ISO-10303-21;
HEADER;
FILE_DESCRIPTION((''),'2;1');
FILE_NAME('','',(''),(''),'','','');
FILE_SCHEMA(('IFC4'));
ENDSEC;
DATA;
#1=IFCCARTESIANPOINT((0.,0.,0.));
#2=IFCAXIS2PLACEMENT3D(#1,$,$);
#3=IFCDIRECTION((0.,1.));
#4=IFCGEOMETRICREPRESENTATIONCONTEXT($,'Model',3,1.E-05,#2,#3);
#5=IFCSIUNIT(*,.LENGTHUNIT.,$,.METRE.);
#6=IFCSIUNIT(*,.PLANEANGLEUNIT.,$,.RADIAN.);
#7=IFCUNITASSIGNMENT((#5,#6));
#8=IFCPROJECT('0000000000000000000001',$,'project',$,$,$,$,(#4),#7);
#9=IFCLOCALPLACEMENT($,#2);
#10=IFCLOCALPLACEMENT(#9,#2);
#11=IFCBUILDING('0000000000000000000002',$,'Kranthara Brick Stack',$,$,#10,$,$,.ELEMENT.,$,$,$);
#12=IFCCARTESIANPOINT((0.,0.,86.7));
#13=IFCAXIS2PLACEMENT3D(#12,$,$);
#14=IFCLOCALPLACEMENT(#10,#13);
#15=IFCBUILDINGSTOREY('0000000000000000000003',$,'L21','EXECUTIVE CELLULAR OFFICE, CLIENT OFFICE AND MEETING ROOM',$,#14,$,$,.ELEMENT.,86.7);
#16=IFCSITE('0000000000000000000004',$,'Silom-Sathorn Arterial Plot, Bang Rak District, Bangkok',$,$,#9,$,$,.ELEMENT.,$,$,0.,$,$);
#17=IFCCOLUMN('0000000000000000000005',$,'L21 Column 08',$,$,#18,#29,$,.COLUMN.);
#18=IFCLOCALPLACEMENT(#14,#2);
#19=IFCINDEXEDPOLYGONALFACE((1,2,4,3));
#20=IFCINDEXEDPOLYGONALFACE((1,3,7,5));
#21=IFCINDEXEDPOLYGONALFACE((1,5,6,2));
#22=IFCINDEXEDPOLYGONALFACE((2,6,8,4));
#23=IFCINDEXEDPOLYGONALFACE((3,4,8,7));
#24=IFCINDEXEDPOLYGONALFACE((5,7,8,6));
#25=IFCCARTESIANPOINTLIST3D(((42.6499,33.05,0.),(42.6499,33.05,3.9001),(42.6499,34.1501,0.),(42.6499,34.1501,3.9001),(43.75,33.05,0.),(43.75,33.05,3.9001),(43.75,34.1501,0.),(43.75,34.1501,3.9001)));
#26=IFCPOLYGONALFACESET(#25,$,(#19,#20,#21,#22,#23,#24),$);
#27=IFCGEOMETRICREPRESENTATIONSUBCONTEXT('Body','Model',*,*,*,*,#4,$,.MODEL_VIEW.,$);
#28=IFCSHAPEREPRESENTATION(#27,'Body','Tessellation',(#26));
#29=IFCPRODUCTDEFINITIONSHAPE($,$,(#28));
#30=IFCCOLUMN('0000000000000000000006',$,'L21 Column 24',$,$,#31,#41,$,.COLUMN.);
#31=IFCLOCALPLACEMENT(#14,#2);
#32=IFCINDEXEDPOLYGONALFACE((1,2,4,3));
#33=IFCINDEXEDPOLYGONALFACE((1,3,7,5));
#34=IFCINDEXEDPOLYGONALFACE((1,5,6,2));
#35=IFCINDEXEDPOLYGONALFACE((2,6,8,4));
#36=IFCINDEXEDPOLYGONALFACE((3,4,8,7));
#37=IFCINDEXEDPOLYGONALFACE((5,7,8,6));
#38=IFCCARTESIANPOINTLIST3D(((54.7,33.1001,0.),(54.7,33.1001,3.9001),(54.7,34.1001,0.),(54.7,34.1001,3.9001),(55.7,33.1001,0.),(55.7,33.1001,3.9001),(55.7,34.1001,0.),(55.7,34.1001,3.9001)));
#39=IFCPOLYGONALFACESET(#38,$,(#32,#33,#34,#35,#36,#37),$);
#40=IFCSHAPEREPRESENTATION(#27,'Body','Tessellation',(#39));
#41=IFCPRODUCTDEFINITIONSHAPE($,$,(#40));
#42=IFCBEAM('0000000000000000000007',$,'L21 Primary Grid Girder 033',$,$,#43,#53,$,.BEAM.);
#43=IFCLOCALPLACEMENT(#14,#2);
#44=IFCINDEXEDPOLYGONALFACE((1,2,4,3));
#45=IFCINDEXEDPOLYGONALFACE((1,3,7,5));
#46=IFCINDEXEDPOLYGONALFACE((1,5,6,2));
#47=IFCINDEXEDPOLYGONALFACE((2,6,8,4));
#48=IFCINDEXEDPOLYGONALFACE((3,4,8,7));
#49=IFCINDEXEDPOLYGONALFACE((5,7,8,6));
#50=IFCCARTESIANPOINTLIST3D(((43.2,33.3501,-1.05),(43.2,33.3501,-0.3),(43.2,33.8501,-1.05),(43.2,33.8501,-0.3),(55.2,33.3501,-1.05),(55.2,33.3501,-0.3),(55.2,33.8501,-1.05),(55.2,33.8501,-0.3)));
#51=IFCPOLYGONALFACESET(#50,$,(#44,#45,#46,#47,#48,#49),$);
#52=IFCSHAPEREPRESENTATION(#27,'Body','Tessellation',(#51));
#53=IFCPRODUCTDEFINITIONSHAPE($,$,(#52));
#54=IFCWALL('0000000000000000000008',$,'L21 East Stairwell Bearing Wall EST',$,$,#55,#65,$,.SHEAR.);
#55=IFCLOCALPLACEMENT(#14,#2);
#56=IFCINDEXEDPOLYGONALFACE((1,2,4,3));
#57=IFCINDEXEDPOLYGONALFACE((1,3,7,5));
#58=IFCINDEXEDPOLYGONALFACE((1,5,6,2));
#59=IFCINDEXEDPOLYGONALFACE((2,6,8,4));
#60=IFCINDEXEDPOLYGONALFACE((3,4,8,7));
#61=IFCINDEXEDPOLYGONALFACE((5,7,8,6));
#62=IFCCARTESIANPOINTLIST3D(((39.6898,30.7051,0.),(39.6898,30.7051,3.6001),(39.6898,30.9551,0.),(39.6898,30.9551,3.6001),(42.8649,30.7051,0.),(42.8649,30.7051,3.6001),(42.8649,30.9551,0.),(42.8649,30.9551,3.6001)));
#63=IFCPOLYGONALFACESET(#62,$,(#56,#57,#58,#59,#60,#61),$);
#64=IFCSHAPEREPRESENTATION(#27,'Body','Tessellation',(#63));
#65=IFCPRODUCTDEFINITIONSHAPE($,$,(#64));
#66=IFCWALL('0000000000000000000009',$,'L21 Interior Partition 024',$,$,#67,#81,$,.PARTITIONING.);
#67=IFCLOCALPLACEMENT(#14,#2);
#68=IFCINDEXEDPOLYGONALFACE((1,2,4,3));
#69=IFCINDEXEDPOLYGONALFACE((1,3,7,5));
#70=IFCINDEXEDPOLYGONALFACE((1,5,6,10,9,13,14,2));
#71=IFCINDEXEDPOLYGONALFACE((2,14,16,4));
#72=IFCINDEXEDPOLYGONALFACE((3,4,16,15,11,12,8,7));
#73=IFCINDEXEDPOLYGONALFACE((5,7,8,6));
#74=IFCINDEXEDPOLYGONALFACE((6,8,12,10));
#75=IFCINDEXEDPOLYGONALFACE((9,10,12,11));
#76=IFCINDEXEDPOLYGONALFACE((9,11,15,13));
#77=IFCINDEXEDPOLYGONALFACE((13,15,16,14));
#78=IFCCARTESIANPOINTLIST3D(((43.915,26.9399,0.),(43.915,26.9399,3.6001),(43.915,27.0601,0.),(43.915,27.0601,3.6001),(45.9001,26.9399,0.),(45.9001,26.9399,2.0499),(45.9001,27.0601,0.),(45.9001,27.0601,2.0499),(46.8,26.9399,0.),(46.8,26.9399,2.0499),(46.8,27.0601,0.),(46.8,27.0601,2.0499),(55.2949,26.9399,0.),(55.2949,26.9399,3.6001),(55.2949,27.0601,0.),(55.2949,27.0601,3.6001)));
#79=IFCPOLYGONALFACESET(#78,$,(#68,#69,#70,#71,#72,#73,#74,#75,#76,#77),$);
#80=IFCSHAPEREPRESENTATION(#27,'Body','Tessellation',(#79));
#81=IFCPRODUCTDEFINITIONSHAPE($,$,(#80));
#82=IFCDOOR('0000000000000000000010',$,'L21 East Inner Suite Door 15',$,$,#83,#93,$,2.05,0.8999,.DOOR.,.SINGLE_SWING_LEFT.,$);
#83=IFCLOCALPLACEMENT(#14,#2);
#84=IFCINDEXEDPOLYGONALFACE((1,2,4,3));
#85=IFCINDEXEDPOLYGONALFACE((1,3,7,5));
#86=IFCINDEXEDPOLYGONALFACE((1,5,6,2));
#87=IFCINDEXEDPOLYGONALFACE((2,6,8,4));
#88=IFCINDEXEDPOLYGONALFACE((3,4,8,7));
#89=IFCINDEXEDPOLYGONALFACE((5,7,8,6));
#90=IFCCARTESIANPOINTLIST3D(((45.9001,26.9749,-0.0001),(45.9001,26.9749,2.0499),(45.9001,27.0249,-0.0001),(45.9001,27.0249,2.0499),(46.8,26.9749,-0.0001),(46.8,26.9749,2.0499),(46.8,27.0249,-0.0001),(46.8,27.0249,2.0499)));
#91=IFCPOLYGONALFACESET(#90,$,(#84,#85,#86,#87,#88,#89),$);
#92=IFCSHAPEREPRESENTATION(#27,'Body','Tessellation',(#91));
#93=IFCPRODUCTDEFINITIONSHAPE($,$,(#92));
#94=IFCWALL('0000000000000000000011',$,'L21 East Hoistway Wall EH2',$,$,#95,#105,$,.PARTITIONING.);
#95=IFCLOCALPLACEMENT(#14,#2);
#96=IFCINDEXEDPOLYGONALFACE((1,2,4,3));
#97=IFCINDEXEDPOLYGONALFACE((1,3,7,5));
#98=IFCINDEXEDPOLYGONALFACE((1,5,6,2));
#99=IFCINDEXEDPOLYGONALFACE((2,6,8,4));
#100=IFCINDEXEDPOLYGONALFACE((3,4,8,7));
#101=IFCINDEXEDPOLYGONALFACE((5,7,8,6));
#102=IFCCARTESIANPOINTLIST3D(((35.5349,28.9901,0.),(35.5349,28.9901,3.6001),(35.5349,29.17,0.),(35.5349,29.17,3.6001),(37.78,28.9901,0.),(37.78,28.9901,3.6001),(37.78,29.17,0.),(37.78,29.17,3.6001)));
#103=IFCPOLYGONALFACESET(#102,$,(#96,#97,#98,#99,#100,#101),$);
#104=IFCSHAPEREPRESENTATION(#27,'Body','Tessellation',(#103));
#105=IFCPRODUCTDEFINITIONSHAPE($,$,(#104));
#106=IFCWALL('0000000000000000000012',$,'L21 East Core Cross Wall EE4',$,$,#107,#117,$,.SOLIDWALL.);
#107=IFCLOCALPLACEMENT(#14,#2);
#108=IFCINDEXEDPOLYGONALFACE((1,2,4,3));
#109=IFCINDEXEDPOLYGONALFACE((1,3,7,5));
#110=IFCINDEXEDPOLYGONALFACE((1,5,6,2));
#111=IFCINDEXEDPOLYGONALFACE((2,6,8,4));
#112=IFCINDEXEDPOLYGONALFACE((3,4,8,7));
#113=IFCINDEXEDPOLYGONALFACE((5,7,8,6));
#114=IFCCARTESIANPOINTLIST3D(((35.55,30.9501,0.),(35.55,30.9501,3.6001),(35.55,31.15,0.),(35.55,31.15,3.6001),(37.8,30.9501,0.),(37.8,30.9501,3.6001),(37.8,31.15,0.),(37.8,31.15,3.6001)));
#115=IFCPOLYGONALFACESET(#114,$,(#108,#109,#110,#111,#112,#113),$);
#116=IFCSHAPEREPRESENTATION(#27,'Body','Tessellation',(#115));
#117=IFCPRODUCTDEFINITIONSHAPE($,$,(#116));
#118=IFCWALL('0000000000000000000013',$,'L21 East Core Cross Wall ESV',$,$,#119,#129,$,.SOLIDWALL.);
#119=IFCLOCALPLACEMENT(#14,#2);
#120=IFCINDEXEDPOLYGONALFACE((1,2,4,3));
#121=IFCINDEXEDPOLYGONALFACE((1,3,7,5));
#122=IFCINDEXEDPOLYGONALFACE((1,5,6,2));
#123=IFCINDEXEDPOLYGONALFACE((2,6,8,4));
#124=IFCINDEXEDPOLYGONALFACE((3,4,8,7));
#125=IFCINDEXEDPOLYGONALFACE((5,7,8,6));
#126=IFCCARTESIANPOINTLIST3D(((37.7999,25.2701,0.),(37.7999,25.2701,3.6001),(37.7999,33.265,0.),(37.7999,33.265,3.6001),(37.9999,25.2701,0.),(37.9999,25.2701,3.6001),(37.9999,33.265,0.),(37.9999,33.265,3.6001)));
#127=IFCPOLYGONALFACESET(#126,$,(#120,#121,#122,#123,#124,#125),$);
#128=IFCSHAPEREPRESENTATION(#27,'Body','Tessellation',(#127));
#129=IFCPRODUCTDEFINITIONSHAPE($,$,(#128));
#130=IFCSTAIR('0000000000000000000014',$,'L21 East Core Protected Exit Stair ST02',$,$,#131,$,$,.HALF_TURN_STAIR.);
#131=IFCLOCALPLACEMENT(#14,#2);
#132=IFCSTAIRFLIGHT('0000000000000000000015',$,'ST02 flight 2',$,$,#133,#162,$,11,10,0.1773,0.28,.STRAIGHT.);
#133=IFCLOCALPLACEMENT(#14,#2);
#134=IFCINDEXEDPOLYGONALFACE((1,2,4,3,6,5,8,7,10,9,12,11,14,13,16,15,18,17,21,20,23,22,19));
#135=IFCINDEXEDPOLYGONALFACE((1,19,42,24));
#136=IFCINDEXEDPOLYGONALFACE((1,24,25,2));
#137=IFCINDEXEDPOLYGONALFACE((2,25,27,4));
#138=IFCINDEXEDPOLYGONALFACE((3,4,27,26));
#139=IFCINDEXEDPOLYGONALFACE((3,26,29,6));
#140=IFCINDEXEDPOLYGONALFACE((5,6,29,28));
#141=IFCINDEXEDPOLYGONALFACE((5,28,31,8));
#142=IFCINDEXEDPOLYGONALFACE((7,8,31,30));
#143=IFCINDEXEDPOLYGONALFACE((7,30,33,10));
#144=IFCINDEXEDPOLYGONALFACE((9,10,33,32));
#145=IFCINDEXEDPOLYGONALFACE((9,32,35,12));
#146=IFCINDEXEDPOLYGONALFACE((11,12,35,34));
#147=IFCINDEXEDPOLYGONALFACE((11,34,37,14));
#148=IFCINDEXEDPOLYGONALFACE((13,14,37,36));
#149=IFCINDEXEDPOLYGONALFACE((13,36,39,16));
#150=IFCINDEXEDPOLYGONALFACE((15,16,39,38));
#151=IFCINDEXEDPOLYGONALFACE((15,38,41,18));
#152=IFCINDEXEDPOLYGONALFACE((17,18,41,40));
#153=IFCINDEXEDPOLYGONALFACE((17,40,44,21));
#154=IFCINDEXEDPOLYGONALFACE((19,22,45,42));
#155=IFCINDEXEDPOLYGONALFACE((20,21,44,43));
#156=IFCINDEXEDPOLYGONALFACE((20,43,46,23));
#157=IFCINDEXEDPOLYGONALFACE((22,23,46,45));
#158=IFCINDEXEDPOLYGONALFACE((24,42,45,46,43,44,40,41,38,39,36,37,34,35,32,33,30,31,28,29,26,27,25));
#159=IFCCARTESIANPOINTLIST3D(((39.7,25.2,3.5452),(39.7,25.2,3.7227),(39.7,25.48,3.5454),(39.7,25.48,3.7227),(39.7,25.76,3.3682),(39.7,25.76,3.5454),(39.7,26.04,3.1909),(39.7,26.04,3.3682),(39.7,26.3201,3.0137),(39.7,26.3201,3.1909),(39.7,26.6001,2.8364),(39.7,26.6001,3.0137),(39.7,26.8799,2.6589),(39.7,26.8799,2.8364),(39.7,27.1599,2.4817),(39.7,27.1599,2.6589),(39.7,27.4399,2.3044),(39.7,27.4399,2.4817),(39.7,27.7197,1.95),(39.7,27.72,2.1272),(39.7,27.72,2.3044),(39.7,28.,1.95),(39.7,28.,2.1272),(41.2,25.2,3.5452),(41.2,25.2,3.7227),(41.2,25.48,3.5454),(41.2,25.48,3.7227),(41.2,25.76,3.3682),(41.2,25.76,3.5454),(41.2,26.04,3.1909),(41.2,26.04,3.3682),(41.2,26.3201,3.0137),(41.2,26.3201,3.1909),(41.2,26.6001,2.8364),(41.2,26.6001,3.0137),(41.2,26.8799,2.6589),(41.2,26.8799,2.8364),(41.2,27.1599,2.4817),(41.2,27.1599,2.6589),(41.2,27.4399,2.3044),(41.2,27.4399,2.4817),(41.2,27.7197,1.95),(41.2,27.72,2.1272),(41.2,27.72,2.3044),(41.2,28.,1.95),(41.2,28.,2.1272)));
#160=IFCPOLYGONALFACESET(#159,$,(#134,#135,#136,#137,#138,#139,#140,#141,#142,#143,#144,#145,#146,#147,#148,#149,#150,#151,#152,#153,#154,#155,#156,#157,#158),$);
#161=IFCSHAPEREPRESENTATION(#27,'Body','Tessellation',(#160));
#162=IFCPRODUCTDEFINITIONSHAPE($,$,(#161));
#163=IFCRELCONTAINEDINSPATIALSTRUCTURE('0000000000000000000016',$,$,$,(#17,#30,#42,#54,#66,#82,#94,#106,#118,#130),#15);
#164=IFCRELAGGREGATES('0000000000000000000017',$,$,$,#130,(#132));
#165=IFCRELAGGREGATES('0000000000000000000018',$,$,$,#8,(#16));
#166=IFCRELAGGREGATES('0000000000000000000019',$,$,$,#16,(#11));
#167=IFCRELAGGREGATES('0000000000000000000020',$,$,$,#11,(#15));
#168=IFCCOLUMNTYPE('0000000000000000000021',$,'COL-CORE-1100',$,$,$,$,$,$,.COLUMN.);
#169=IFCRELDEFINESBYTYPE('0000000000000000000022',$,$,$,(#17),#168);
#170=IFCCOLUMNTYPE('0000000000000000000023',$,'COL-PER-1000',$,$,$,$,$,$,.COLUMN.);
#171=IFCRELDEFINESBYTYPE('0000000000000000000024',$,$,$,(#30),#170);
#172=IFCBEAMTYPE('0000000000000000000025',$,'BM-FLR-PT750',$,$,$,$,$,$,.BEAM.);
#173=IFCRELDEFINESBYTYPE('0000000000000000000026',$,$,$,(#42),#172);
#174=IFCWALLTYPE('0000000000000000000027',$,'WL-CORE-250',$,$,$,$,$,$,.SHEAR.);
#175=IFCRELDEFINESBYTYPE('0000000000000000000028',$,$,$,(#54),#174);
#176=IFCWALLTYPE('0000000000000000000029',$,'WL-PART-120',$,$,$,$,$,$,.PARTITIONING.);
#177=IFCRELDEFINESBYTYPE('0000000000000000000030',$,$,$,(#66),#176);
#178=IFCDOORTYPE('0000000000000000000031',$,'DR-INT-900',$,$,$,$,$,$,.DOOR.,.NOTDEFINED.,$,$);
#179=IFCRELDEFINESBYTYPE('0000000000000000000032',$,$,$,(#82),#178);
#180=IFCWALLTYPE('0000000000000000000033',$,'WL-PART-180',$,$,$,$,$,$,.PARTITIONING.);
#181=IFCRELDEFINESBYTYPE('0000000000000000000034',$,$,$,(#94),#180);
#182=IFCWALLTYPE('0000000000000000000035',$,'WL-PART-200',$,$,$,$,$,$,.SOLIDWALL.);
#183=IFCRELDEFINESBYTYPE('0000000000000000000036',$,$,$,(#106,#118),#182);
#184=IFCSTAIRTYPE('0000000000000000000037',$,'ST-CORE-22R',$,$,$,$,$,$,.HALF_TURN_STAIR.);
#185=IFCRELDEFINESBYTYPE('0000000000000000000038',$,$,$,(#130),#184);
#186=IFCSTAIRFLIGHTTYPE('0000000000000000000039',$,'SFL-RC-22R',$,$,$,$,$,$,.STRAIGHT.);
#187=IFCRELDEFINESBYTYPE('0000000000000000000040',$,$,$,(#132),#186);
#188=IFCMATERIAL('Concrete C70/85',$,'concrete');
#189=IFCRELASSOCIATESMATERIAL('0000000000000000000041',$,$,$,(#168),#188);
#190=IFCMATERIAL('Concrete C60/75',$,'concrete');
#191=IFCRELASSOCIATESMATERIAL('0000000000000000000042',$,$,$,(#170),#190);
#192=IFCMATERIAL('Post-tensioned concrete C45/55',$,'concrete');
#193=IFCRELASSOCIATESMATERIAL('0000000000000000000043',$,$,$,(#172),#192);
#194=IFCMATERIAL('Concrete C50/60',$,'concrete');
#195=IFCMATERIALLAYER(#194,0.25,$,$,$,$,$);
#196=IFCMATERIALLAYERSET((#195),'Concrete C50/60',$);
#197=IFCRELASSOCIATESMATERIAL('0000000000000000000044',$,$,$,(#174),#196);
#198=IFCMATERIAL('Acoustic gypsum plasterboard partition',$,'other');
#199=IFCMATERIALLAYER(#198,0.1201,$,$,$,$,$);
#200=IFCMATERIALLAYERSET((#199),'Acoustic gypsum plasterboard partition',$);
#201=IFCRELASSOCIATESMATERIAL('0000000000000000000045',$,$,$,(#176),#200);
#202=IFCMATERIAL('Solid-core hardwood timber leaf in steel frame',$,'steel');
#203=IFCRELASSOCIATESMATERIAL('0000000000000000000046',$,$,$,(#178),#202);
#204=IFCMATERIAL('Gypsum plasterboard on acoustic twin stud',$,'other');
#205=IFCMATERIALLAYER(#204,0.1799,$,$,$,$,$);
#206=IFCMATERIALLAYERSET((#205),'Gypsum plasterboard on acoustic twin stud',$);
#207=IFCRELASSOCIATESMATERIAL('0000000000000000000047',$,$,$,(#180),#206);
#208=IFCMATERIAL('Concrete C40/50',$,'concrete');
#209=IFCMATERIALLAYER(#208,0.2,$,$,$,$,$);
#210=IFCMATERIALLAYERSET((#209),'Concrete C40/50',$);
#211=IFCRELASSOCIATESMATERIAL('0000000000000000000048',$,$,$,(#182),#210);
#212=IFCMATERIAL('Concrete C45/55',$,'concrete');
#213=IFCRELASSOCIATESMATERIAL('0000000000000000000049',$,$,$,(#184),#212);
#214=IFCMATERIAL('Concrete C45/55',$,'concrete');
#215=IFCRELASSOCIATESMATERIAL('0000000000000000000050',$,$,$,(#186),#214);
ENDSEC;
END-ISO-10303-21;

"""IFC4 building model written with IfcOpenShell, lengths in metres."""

from ifc_helpers import new_model, si_unit, direction, frame, frame_2d, origin, origin_2d, place, context, subcontext, project, spatial, polyline, rectangle, outline, extrude, material, layer, layer_set, material_profile, profile_set, type_object, element, fill, aggregate, save


model = new_model("IFC4")

# Units and contexts
model_context = context("Model", 3, precision=1e-05, world=origin(), true_north=direction((0.0, 1.0)))
body_context = subcontext(model_context, "Body", "Model", "MODEL_VIEW")
ifc_project = project(units=[si_unit("LENGTHUNIT", "METRE"), si_unit("PLANEANGLEUNIT", "RADIAN")], contexts=[model_context])

# Site, building, storey
site_placement = place(None, origin())
site = spatial("IfcSite", under=ifc_project, at=site_placement, Name="Silom-Sathorn Arterial Plot, Bang Rak District, Bangkok", CompositionType="ELEMENT", RefElevation=0.0)
building_placement = place(site_placement, origin())
building = spatial("IfcBuilding", under=site, at=building_placement, Name="Kranthara Brick Stack", CompositionType="ELEMENT")
storey_placement = place(building_placement, frame((0.0, 0.0, 86.7)))
storey = spatial("IfcBuildingStorey", under=building, at=storey_placement, Name="L21", Description="EXECUTIVE CELLULAR OFFICE, CLIENT OFFICE AND MEETING ROOM", CompositionType="ELEMENT", Elevation=86.7)

# Columns
ifc_material_1 = material(Name="Concrete C70/85", Category="concrete")
ifc_material_profile_1 = material_profile(ifc_material_1, rectangle(XDim=1.1001, YDim=1.1001, at=origin_2d()), Name="RC 1100x1100")
ifc_profile_set_1 = profile_set([ifc_material_profile_1], Name="Concrete C70/85")
column_type_1 = type_object("IfcColumnType", Name="COL-CORE-1100", PredefinedType="COLUMN", material=ifc_profile_set_1)
column_1_placement = place(storey_placement, frame((43.2, 33.6001, 0.0), z_axis=(0.0, 0.0, 1.0), x_axis=(1.0, 0.0, 0.0)))
element("IfcColumn", 1, at=column_1_placement, inside=storey, type_object=column_type_1, Name="L21 Column 08", PredefinedType="COLUMN", context=body_context, shape_type="SweptSolid", body=[
    extrude(rectangle(XDim=1.1001, YDim=1.1001, at=origin_2d()), origin(), (0.0, 0.0, 1.0), 3.9001),
])
ifc_material_2 = material(Name="Concrete C60/75", Category="concrete")
ifc_material_profile_2 = material_profile(ifc_material_2, rectangle(XDim=1.0, YDim=1.0, at=origin_2d()), Name="RC 1000x1000")
ifc_profile_set_2 = profile_set([ifc_material_profile_2], Name="Concrete C60/75")
column_type_2 = type_object("IfcColumnType", Name="COL-PER-1000", PredefinedType="COLUMN", material=ifc_profile_set_2)
column_2_placement = place(storey_placement, frame((55.2, 33.6001, 0.0), z_axis=(0.0, 0.0, 1.0), x_axis=(1.0, 0.0, 0.0)))
element("IfcColumn", 2, at=column_2_placement, inside=storey, type_object=column_type_2, Name="L21 Column 24", PredefinedType="COLUMN", context=body_context, shape_type="SweptSolid", body=[
    extrude(rectangle(XDim=1.0, YDim=1.0, at=origin_2d()), origin(), (0.0, 0.0, 1.0), 3.9001),
])

# Beam
ifc_material_3 = material(Name="Post-tensioned concrete C45/55", Category="concrete")
ifc_material_profile_3 = material_profile(ifc_material_3, rectangle(XDim=0.5, YDim=0.75, at=origin_2d()), Name="PT 500x750")
ifc_profile_set_3 = profile_set([ifc_material_profile_3], Name="Post-tensioned concrete C45/55")
beam_type = type_object("IfcBeamType", Name="BM-FLR-PT750", PredefinedType="BEAM", material=ifc_profile_set_3)
beam_placement = place(storey_placement, frame((43.2, 33.6001, -0.675), z_axis=(1.0, 0.0, 0.0), x_axis=(0.0, 1.0, 0.0)))
element("IfcBeam", 3, at=beam_placement, inside=storey, type_object=beam_type, Name="L21 Primary Grid Girder 033", PredefinedType="BEAM", context=body_context, shape_type="SweptSolid", body=[
    extrude(rectangle(XDim=0.5, YDim=0.75, at=origin_2d()), origin(), (0.0, 0.0, 1.0), 12.0),
])

# Wall
ifc_material_4 = material(Name="Concrete C50/60", Category="concrete")
ifc_layer_1 = layer(ifc_material_4, 0.25)
ifc_layer_set_1 = layer_set([ifc_layer_1], Name="Concrete C50/60")
wall_type_1 = type_object("IfcWallType", Name="WL-CORE-250", PredefinedType="SHEAR", material=ifc_layer_set_1)
wall_1_placement = place(storey_placement, frame((39.6899, 30.8301, 0.0), z_axis=(0.0, 0.0, 1.0), x_axis=(1.0, 0.0, 0.0)))
element("IfcWall", 4, at=wall_1_placement, inside=storey, type_object=wall_type_1, Name="L21 East Stairwell Bearing Wall EST", PredefinedType="SHEAR", context=body_context, shape_type="SweptSolid", body=[
    extrude(rectangle(XDim=3.175, YDim=0.25, at=frame_2d((1.5874, 0.0))), origin(), (0.0, 0.0, 1.0), 3.6001),
])

# Wall, opening, door
ifc_material_5 = material(Name="Acoustic gypsum plasterboard partition", Category="other")
ifc_layer_2 = layer(ifc_material_5, 0.1201)
ifc_layer_set_2 = layer_set([ifc_layer_2], Name="Acoustic gypsum plasterboard partition")
wall_type_2 = type_object("IfcWallType", Name="WL-PART-120", PredefinedType="PARTITIONING", material=ifc_layer_set_2)
wall_2_placement = place(storey_placement, frame((43.915, 27.0, 0.0), z_axis=(0.0, 0.0, 1.0), x_axis=(1.0, 0.0, 0.0)))
wall_2 = element("IfcWall", 5, at=wall_2_placement, inside=storey, type_object=wall_type_2, Name="L21 Interior Partition 024", PredefinedType="PARTITIONING", context=body_context, shape_type="SweptSolid", body=[
    extrude(rectangle(XDim=11.3799, YDim=0.1201, at=frame_2d((5.6899, 0.0))), origin(), (0.0, 0.0, 1.0), 3.6001),
])
opening_1_placement = place(wall_2_placement, frame((1.9851, 0.0, 0.0)))
opening_1 = element("IfcOpeningElement", 6, at=opening_1_placement, cuts=wall_2, PredefinedType="OPENING", context=body_context, shape_type="SweptSolid", body=[
    extrude(rectangle(XDim=0.8999, YDim=2.05, at=frame_2d((0.45, 1.0249))), frame((0.0, 0.0701, 0.0), z_axis=(0.0, -1.0, 0.0), x_axis=(1.0, 0.0, 0.0)), (0.0, 0.0, 1.0), 0.1401),
])
ifc_material_6 = material(Name="Solid-core hardwood timber leaf in steel frame", Category="steel")
door_type_1 = type_object("IfcDoorType", Name="DR-INT-900", OperationType="NOTDEFINED", PredefinedType="DOOR", material=ifc_material_6)
door_1_placement = place(opening_1_placement, origin())
door_1 = element("IfcDoor", 7, at=door_1_placement, inside=storey, type_object=door_type_1, Name="L21 East Inner Suite Door 15", OperationType="SINGLE_SWING_LEFT", OverallHeight=2.05, OverallWidth=0.8999, PredefinedType="DOOR", context=body_context, shape_type="SweptSolid", body=[
    extrude(rectangle(XDim=0.8999, YDim=2.05, at=frame_2d((0.45, 1.0249))), frame((0.0, 0.0249, 0.0), z_axis=(0.0, -1.0, 0.0), x_axis=(1.0, 0.0, 0.0)), (0.0, 0.0, 1.0), 0.05),
])
fill(opening_1, door_1)

# Walls
ifc_material_7 = material(Name="Gypsum plasterboard on acoustic twin stud", Category="other")
ifc_layer_3 = layer(ifc_material_7, 0.1799)
ifc_layer_set_3 = layer_set([ifc_layer_3], Name="Gypsum plasterboard on acoustic twin stud")
wall_type_3 = type_object("IfcWallType", Name="WL-PART-180", PredefinedType="PARTITIONING", material=ifc_layer_set_3)
wall_3_placement = place(storey_placement, frame((35.5349, 29.0801, 0.0), z_axis=(0.0, 0.0, 1.0), x_axis=(1.0, 0.0, 0.0)))
element("IfcWall", 8, at=wall_3_placement, inside=storey, type_object=wall_type_3, Name="L21 East Hoistway Wall EH2", PredefinedType="PARTITIONING", context=body_context, shape_type="SweptSolid", body=[
    extrude(rectangle(XDim=2.2451, YDim=0.1799, at=frame_2d((1.1226, 0.0))), origin(), (0.0, 0.0, 1.0), 3.6001),
])
ifc_material_8 = material(Name="Concrete C40/50", Category="concrete")
ifc_layer_4 = layer(ifc_material_8, 0.2)
ifc_layer_set_4 = layer_set([ifc_layer_4], Name="Concrete C40/50")
wall_type_4 = type_object("IfcWallType", Name="WL-PART-200", PredefinedType="SOLIDWALL", material=ifc_layer_set_4)
wall_4_placement = place(storey_placement, frame((35.55, 31.05, 0.0), z_axis=(0.0, 0.0, 1.0), x_axis=(1.0, 0.0, 0.0)))
element("IfcWall", 9, at=wall_4_placement, inside=storey, type_object=wall_type_4, Name="L21 East Core Cross Wall EE4", PredefinedType="SOLIDWALL", context=body_context, shape_type="SweptSolid", body=[
    extrude(rectangle(XDim=2.25, YDim=0.2, at=frame_2d((1.125, 0.0))), origin(), (0.0, 0.0, 1.0), 3.6001),
])
wall_5_placement = place(storey_placement, frame((37.8999, 25.27, 0.0), z_axis=(0.0, 0.0, 1.0), x_axis=(0.0, 1.0, 0.0)))
element("IfcWall", 10, at=wall_5_placement, inside=storey, type_object=wall_type_4, Name="L21 East Core Cross Wall ESV", PredefinedType="SOLIDWALL", context=body_context, shape_type="SweptSolid", body=[
    extrude(rectangle(XDim=7.9949, YDim=0.2, at=frame_2d((3.9976, 0.0))), origin(), (0.0, 0.0, 1.0), 3.6001),
])

# Stair, stair flight
ifc_material_9 = material(Name="Concrete C45/55", Category="concrete")
stair_type = type_object("IfcStairType", Name="ST-CORE-22R", PredefinedType="HALF_TURN_STAIR", material=ifc_material_9)
stair_placement = place(storey_placement, origin())
stair = element("IfcStair", 11, at=stair_placement, inside=storey, type_object=stair_type, Name="L21 East Core Protected Exit Stair ST02", PredefinedType="HALF_TURN_STAIR")
ifc_material_10 = material(Name="Concrete C45/55", Category="concrete")
stair_flight_type = type_object("IfcStairFlightType", Name="SFL-RC-22R", PredefinedType="STRAIGHT", material=ifc_material_10)
stair_flight_placement = place(storey_placement, frame((40.45, 28.0, 1.95), z_axis=(0.0, 0.0, 1.0), x_axis=(0.0, -1.0, 0.0)))
stair_flight = element("IfcStairFlight", 12, at=stair_flight_placement, type_object=stair_flight_type, Name="ST02 flight 2", NumberOfRisers=11, NumberOfTreads=10, PredefinedType="STRAIGHT", RiserHeight=0.1773, TreadLength=0.28, context=body_context, shape_type="SweptSolid", body=[
    extrude(outline(polyline([(0.0, 0.0), (0.0, 0.1772), (0.28, 0.1772), (0.28, 0.3545), (0.5601, 0.3545), (0.5601, 0.5317), (0.8401, 0.5317), (0.8401, 0.709), (1.1201, 0.709), (1.1201, 0.8865), (1.3999, 0.8865), (1.3999, 1.0637), (1.6799, 1.0637), (1.6799, 1.241), (1.96, 1.241), (1.96, 1.4182), (2.24, 1.4182), (2.24, 1.5955), (2.52, 1.5955), (2.52, 1.7727), (2.8, 1.7727), (2.8, 1.95), (2.8, 1.5952), (0.2803, 0.0), (0.0, 0.0)])), frame((0.0, 0.75, 0.0), z_axis=(0.0, -1.0, 0.0), x_axis=(1.0, 0.0, 0.0)), (0.0, 0.0, 1.0), 1.5),
])
aggregate(stair, [stair_flight])

save(model, "model.ifc")
